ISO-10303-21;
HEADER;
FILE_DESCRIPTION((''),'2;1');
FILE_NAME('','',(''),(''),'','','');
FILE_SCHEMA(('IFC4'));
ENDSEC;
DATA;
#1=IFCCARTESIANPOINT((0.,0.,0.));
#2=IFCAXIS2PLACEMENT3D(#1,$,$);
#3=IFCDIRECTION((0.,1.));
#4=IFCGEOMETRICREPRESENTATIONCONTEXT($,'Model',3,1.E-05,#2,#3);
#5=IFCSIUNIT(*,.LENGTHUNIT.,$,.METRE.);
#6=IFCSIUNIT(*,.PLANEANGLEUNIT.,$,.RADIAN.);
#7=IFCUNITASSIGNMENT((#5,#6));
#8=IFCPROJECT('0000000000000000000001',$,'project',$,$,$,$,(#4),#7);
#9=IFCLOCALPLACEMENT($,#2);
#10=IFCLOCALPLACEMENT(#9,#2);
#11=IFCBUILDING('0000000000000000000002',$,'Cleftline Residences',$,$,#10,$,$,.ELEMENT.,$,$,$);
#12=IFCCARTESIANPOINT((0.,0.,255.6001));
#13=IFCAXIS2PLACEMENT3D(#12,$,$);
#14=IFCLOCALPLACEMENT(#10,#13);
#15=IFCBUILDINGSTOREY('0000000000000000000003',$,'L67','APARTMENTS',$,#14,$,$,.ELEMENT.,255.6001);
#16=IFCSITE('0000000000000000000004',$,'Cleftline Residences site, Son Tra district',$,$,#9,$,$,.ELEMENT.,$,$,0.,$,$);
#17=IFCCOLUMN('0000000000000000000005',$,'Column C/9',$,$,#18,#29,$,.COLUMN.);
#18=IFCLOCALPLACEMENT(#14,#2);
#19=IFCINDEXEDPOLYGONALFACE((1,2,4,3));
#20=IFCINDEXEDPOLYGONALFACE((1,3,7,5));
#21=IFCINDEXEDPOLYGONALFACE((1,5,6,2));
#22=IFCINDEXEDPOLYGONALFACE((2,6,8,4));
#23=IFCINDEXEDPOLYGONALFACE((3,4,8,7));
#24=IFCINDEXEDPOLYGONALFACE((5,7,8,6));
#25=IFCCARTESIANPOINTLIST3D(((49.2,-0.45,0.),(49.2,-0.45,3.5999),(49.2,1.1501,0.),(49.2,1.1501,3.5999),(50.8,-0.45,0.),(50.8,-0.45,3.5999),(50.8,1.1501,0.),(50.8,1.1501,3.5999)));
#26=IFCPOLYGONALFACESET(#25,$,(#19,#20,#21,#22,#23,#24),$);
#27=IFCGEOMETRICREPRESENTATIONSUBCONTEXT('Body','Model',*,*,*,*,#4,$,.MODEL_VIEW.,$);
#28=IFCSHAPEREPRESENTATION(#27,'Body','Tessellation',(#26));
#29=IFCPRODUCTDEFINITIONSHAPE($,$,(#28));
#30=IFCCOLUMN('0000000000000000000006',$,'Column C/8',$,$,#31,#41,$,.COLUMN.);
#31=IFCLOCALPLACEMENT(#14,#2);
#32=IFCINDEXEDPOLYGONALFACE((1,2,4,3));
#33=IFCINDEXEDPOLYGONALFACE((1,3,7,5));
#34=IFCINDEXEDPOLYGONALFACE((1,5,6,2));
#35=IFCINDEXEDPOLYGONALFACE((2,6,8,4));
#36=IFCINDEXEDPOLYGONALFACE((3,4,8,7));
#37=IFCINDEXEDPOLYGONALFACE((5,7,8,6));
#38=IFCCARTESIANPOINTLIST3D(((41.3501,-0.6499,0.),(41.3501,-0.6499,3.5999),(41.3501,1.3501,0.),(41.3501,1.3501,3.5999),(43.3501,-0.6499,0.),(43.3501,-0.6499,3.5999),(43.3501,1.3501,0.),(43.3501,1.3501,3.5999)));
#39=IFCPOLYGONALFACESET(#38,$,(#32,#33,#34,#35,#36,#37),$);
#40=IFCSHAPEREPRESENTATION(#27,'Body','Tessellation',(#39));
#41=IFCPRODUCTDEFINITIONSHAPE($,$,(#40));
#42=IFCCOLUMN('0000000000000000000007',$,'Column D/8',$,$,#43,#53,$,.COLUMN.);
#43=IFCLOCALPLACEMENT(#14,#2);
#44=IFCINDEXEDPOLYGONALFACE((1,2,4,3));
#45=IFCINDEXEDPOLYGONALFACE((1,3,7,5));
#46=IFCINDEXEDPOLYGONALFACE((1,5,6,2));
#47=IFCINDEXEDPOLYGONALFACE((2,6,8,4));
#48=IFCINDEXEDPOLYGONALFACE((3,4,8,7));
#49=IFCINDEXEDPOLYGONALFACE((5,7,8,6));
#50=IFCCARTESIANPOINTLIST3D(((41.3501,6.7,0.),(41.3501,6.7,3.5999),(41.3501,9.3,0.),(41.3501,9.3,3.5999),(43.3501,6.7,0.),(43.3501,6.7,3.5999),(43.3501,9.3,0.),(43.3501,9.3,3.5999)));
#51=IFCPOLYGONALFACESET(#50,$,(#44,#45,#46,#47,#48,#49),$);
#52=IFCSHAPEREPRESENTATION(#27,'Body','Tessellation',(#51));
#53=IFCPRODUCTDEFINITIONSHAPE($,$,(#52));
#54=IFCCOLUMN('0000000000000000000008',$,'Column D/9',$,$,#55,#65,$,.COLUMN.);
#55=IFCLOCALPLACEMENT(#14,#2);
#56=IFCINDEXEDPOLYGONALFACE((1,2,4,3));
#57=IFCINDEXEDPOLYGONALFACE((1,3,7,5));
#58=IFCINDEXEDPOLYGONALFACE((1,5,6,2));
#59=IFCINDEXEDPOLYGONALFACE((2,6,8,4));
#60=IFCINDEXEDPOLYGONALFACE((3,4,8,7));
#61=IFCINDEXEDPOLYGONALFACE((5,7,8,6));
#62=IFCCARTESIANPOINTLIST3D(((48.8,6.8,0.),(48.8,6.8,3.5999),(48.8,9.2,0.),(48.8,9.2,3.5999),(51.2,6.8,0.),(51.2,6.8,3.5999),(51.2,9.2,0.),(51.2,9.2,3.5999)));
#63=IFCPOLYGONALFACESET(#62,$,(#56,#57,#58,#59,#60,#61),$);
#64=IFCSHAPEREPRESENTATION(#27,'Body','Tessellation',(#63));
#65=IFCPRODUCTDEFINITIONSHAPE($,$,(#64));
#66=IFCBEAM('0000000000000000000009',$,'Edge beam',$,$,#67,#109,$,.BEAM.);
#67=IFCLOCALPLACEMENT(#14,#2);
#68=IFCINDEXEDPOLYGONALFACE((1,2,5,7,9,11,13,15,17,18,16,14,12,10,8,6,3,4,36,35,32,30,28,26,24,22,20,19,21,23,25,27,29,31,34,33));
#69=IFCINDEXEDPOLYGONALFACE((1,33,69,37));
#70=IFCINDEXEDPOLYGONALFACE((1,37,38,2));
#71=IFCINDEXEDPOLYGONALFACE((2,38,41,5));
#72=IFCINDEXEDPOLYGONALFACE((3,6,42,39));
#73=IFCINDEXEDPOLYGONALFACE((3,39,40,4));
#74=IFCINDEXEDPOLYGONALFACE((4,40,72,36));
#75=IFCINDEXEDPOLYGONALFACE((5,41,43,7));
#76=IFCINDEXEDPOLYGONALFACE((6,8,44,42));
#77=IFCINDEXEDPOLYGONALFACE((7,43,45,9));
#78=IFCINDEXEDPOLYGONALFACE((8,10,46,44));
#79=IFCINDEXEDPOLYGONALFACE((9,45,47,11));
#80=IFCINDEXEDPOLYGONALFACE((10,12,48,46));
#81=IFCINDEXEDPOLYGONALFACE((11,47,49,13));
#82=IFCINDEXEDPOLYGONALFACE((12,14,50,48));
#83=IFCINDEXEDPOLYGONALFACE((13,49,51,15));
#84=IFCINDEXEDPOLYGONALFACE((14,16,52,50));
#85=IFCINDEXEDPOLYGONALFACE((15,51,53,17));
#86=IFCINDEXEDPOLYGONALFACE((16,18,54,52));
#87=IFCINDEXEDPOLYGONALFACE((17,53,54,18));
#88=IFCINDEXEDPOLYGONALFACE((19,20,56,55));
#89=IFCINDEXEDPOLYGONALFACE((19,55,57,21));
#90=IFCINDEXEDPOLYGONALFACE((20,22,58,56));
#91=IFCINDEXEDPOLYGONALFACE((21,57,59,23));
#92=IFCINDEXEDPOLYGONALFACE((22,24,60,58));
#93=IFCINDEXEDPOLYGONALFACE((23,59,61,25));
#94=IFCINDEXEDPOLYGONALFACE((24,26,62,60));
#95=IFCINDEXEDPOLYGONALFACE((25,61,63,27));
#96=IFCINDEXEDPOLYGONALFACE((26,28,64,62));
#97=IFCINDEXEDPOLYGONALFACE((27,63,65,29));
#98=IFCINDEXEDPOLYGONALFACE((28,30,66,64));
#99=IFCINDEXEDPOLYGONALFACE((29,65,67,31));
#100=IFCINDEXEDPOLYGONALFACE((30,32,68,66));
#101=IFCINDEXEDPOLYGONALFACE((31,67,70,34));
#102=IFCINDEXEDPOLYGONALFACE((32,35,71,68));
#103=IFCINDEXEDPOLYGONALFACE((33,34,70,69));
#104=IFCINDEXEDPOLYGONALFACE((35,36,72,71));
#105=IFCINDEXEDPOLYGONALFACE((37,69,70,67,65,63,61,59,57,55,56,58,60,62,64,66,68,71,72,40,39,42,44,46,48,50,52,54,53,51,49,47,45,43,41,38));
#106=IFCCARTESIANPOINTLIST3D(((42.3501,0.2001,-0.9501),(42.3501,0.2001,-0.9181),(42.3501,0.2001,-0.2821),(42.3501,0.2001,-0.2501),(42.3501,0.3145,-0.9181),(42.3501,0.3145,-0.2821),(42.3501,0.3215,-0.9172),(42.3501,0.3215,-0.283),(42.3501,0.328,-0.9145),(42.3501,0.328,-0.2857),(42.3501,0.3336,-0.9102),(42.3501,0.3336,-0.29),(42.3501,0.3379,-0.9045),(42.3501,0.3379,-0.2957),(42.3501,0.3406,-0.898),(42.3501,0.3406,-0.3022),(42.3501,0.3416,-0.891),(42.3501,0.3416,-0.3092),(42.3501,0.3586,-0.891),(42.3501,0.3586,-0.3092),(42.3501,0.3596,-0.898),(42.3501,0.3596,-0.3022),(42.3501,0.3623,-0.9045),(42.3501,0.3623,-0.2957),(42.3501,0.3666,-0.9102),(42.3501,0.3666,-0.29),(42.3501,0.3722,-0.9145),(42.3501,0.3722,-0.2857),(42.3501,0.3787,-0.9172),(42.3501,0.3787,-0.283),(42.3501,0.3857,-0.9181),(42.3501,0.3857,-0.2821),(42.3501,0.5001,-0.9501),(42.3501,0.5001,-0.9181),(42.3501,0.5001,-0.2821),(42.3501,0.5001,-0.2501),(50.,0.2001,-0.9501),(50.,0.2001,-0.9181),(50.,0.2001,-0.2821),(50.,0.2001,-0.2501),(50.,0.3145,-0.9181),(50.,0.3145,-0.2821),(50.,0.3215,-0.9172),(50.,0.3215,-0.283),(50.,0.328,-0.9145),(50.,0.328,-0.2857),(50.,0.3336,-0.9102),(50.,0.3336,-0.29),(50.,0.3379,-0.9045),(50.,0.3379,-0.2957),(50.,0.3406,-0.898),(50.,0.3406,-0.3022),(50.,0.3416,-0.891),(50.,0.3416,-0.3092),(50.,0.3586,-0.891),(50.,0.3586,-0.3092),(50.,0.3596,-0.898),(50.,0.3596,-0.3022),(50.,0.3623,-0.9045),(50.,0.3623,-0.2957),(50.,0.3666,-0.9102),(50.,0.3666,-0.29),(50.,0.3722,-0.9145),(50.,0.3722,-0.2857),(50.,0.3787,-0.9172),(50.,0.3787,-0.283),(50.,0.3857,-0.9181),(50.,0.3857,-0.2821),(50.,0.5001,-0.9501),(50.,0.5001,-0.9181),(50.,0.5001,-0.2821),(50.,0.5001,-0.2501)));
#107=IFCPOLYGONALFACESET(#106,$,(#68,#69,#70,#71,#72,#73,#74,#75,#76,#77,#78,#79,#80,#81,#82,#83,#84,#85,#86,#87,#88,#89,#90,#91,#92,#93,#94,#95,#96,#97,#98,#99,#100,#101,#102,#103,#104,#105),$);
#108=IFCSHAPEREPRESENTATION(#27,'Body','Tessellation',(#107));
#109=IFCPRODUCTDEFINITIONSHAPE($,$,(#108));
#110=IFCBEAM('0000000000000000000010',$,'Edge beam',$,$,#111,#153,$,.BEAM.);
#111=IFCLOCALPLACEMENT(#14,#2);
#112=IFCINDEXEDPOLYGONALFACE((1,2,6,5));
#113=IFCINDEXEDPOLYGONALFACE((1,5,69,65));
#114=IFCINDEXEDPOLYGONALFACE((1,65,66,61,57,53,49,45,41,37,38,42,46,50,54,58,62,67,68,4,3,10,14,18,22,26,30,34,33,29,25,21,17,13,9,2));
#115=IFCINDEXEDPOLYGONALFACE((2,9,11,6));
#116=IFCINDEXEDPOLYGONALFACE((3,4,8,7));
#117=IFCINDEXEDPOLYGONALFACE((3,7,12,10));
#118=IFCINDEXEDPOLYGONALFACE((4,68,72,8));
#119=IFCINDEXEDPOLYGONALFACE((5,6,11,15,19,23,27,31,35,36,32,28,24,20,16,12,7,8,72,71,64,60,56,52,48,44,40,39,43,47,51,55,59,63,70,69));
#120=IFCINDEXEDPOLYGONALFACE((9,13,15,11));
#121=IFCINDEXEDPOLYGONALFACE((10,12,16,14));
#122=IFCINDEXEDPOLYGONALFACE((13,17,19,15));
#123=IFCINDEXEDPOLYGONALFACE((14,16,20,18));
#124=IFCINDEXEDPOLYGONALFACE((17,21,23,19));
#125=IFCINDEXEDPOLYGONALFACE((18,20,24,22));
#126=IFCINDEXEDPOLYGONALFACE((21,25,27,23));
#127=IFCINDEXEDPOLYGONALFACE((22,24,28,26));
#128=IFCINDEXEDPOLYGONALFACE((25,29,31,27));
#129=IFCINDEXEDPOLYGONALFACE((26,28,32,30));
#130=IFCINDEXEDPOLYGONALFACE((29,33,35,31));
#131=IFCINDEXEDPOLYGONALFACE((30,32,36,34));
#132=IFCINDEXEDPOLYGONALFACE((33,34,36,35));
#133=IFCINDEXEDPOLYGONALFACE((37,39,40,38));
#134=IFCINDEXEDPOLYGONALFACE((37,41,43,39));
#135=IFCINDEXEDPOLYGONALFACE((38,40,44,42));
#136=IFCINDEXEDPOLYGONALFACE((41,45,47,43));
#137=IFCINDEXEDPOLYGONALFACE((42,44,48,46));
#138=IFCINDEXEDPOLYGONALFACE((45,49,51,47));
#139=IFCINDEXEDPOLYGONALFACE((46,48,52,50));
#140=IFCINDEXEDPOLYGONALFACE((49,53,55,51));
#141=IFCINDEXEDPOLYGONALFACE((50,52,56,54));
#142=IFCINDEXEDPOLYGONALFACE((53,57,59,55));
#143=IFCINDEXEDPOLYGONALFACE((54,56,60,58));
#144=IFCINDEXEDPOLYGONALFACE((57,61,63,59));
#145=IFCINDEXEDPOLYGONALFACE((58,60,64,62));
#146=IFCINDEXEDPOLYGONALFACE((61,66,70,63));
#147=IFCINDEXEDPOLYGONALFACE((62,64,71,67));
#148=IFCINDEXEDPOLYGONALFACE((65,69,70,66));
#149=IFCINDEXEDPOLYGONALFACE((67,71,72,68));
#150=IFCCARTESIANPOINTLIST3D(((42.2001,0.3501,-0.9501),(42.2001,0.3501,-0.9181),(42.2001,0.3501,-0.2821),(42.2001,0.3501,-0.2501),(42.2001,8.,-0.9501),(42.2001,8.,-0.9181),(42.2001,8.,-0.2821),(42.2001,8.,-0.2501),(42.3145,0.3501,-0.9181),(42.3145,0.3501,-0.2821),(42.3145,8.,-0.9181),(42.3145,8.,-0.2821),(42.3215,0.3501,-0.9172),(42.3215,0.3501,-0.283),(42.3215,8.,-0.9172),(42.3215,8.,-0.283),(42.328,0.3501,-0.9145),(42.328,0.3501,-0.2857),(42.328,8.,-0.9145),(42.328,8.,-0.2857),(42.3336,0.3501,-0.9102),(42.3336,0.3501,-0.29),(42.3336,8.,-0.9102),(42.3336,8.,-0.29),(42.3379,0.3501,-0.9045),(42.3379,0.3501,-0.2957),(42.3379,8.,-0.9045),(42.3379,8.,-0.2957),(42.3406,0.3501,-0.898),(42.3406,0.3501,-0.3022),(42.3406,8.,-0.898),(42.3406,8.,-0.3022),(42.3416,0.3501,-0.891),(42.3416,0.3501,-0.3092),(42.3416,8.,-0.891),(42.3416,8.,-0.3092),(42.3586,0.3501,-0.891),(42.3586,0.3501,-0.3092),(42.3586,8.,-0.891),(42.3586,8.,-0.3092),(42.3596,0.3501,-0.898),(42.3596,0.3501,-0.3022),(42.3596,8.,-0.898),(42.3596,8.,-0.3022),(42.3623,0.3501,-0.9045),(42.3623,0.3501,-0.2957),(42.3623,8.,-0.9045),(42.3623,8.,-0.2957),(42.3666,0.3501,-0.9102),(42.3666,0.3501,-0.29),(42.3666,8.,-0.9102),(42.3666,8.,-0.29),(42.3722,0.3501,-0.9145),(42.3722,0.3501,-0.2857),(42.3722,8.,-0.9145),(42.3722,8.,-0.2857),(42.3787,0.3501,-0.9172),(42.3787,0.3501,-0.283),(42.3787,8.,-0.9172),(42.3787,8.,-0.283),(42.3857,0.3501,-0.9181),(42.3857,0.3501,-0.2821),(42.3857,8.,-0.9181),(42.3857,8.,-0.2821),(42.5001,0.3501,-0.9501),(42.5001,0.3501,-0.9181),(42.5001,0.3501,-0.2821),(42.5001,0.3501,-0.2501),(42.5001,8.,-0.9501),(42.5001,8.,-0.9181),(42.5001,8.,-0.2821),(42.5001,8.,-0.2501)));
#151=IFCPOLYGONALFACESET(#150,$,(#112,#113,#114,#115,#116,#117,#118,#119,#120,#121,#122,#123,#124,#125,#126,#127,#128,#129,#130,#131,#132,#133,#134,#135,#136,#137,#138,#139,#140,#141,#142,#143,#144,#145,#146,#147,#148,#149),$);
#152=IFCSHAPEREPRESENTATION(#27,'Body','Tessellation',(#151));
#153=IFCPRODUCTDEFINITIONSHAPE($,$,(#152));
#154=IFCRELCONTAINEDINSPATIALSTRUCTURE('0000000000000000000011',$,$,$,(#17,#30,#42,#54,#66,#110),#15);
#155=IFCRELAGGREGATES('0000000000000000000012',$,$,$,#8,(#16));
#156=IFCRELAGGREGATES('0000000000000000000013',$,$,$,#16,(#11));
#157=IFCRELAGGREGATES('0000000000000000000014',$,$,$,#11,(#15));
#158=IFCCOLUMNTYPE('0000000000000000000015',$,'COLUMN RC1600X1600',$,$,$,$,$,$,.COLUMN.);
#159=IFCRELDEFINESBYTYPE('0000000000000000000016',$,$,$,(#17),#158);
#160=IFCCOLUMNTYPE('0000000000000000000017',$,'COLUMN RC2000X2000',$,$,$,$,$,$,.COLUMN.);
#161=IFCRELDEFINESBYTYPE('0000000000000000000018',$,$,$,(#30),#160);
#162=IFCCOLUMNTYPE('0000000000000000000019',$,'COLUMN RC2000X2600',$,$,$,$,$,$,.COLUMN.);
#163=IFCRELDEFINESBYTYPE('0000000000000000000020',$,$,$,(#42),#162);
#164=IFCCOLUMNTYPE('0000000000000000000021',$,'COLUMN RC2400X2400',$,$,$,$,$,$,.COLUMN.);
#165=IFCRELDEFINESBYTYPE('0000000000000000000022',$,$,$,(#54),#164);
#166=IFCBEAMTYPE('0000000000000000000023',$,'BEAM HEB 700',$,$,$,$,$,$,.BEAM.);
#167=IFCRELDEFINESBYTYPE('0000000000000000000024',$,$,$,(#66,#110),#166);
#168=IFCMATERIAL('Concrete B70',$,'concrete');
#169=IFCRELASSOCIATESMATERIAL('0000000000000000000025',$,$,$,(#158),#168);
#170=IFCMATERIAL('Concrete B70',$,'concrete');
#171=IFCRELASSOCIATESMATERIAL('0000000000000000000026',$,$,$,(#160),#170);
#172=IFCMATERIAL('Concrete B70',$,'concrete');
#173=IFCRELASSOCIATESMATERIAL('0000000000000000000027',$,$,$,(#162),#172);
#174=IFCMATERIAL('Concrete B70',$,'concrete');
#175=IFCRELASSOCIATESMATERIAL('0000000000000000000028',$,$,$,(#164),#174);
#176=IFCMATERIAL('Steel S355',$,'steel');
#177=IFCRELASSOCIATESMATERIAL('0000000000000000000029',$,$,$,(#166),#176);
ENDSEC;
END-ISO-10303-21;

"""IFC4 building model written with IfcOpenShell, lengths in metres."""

from ifc_helpers import new_model, si_unit, direction, frame, origin, origin_2d, place, context, subcontext, project, spatial, rectangle, i_section, extrude, material, material_profile, profile_set, type_object, element, save


model = new_model("IFC4")

# Units and contexts
model_context = context("Model", 3, precision=1e-05, world=origin(), true_north=direction((0.0, 1.0)))
body_context = subcontext(model_context, "Body", "Model", "MODEL_VIEW")
ifc_project = project(units=[si_unit("LENGTHUNIT", "METRE"), si_unit("PLANEANGLEUNIT", "RADIAN")], contexts=[model_context])

# Site, building, storey
site_placement = place(None, origin())
site = spatial("IfcSite", under=ifc_project, at=site_placement, Name="Cleftline Residences site, Son Tra district", CompositionType="ELEMENT", RefElevation=0.0)
building_placement = place(site_placement, origin())
building = spatial("IfcBuilding", under=site, at=building_placement, Name="Cleftline Residences", CompositionType="ELEMENT")
storey_placement = place(building_placement, frame((0.0, 0.0, 255.6001)))
storey = spatial("IfcBuildingStorey", under=building, at=storey_placement, Name="L67", Description="APARTMENTS", CompositionType="ELEMENT", Elevation=255.6001)

# Columns
ifc_material_1 = material(Name="Concrete B70", Category="concrete")
ifc_material_profile_1 = material_profile(ifc_material_1, rectangle(XDim=1.6001, YDim=1.6001, at=origin_2d()))
ifc_profile_set_1 = profile_set([ifc_material_profile_1], Name="Concrete B70")
column_type_1 = type_object("IfcColumnType", Name="COLUMN RC1600X1600", PredefinedType="COLUMN", material=ifc_profile_set_1)
column_1_placement = place(storey_placement, frame((50.0, 0.3501, 0.0), z_axis=(0.0, 0.0, 1.0), x_axis=(1.0, 0.0, 0.0)))
element("IfcColumn", 1, at=column_1_placement, inside=storey, type_object=column_type_1, Name="Column C/9", PredefinedType="COLUMN", context=body_context, shape_type="SweptSolid", body=[
    extrude(rectangle(XDim=1.6001, YDim=1.6001, at=origin_2d()), origin(), (0.0, 0.0, 1.0), 3.5999),
])
ifc_material_2 = material(Name="Concrete B70", Category="concrete")
ifc_material_profile_2 = material_profile(ifc_material_2, rectangle(XDim=2.0, YDim=2.0, at=origin_2d()))
ifc_profile_set_2 = profile_set([ifc_material_profile_2], Name="Concrete B70")
column_type_2 = type_object("IfcColumnType", Name="COLUMN RC2000X2000", PredefinedType="COLUMN", material=ifc_profile_set_2)
column_2_placement = place(storey_placement, frame((42.3501, 0.3501, 0.0), z_axis=(0.0, 0.0, 1.0), x_axis=(1.0, 0.0, 0.0)))
element("IfcColumn", 2, at=column_2_placement, inside=storey, type_object=column_type_2, Name="Column C/8", PredefinedType="COLUMN", context=body_context, shape_type="SweptSolid", body=[
    extrude(rectangle(XDim=2.0, YDim=2.0, at=origin_2d()), origin(), (0.0, 0.0, 1.0), 3.5999),
])
ifc_material_3 = material(Name="Concrete B70", Category="concrete")
ifc_material_profile_3 = material_profile(ifc_material_3, rectangle(XDim=2.0, YDim=2.6001, at=origin_2d()))
ifc_profile_set_3 = profile_set([ifc_material_profile_3], Name="Concrete B70")
column_type_3 = type_object("IfcColumnType", Name="COLUMN RC2000X2600", PredefinedType="COLUMN", material=ifc_profile_set_3)
column_3_placement = place(storey_placement, frame((42.3501, 8.0, 0.0), z_axis=(0.0, 0.0, 1.0), x_axis=(1.0, 0.0, 0.0)))
element("IfcColumn", 3, at=column_3_placement, inside=storey, type_object=column_type_3, Name="Column D/8", PredefinedType="COLUMN", context=body_context, shape_type="SweptSolid", body=[
    extrude(rectangle(XDim=2.0, YDim=2.6001, at=origin_2d()), origin(), (0.0, 0.0, 1.0), 3.5999),
])
ifc_material_4 = material(Name="Concrete B70", Category="concrete")
ifc_material_profile_4 = material_profile(ifc_material_4, rectangle(XDim=2.3999, YDim=2.3999, at=origin_2d()))
ifc_profile_set_4 = profile_set([ifc_material_profile_4], Name="Concrete B70")
column_type_4 = type_object("IfcColumnType", Name="COLUMN RC2400X2400", PredefinedType="COLUMN", material=ifc_profile_set_4)
column_4_placement = place(storey_placement, frame((50.0, 8.0, 0.0), z_axis=(0.0, 0.0, 1.0), x_axis=(1.0, 0.0, 0.0)))
element("IfcColumn", 4, at=column_4_placement, inside=storey, type_object=column_type_4, Name="Column D/9", PredefinedType="COLUMN", context=body_context, shape_type="SweptSolid", body=[
    extrude(rectangle(XDim=2.3999, YDim=2.3999, at=origin_2d()), origin(), (0.0, 0.0, 1.0), 3.5999),
])

# Beams
ifc_material_5 = material(Name="Steel S355", Category="steel")
ifc_material_profile_5 = material_profile(ifc_material_5, i_section(OverallWidth=0.3, OverallDepth=0.7, WebThickness=0.0171, FlangeThickness=0.032, FilletRadius=0.0271, at=origin_2d()))
ifc_profile_set_5 = profile_set([ifc_material_profile_5], Name="Steel S355")
beam_type = type_object("IfcBeamType", Name="BEAM HEB 700", PredefinedType="BEAM", material=ifc_profile_set_5)
for number, where, z_axis, x_axis, name in (
    (5, (50.0, 0.3501, -0.6001), (-1.0, 0.0, 0.0), (0.0, -1.0, 0.0), "Edge beam"),
    (6, (42.3501, 0.3501, -0.6001), (0.0, 1.0, 0.0), (-1.0, 0.0, 0.0), "Edge beam"),
):
    element("IfcBeam", number, at=place(storey_placement, frame(where, z_axis=z_axis, x_axis=x_axis)), inside=storey, type_object=beam_type, Name=name, PredefinedType="BEAM", context=body_context, shape_type="SweptSolid", body=[
        extrude(i_section(OverallWidth=0.3, OverallDepth=0.7, WebThickness=0.0171, FlangeThickness=0.032, FilletRadius=0.0271, at=origin_2d()), origin(), (0.0, 0.0, 1.0), 7.6499),
    ])

save(model, "model.ifc")
